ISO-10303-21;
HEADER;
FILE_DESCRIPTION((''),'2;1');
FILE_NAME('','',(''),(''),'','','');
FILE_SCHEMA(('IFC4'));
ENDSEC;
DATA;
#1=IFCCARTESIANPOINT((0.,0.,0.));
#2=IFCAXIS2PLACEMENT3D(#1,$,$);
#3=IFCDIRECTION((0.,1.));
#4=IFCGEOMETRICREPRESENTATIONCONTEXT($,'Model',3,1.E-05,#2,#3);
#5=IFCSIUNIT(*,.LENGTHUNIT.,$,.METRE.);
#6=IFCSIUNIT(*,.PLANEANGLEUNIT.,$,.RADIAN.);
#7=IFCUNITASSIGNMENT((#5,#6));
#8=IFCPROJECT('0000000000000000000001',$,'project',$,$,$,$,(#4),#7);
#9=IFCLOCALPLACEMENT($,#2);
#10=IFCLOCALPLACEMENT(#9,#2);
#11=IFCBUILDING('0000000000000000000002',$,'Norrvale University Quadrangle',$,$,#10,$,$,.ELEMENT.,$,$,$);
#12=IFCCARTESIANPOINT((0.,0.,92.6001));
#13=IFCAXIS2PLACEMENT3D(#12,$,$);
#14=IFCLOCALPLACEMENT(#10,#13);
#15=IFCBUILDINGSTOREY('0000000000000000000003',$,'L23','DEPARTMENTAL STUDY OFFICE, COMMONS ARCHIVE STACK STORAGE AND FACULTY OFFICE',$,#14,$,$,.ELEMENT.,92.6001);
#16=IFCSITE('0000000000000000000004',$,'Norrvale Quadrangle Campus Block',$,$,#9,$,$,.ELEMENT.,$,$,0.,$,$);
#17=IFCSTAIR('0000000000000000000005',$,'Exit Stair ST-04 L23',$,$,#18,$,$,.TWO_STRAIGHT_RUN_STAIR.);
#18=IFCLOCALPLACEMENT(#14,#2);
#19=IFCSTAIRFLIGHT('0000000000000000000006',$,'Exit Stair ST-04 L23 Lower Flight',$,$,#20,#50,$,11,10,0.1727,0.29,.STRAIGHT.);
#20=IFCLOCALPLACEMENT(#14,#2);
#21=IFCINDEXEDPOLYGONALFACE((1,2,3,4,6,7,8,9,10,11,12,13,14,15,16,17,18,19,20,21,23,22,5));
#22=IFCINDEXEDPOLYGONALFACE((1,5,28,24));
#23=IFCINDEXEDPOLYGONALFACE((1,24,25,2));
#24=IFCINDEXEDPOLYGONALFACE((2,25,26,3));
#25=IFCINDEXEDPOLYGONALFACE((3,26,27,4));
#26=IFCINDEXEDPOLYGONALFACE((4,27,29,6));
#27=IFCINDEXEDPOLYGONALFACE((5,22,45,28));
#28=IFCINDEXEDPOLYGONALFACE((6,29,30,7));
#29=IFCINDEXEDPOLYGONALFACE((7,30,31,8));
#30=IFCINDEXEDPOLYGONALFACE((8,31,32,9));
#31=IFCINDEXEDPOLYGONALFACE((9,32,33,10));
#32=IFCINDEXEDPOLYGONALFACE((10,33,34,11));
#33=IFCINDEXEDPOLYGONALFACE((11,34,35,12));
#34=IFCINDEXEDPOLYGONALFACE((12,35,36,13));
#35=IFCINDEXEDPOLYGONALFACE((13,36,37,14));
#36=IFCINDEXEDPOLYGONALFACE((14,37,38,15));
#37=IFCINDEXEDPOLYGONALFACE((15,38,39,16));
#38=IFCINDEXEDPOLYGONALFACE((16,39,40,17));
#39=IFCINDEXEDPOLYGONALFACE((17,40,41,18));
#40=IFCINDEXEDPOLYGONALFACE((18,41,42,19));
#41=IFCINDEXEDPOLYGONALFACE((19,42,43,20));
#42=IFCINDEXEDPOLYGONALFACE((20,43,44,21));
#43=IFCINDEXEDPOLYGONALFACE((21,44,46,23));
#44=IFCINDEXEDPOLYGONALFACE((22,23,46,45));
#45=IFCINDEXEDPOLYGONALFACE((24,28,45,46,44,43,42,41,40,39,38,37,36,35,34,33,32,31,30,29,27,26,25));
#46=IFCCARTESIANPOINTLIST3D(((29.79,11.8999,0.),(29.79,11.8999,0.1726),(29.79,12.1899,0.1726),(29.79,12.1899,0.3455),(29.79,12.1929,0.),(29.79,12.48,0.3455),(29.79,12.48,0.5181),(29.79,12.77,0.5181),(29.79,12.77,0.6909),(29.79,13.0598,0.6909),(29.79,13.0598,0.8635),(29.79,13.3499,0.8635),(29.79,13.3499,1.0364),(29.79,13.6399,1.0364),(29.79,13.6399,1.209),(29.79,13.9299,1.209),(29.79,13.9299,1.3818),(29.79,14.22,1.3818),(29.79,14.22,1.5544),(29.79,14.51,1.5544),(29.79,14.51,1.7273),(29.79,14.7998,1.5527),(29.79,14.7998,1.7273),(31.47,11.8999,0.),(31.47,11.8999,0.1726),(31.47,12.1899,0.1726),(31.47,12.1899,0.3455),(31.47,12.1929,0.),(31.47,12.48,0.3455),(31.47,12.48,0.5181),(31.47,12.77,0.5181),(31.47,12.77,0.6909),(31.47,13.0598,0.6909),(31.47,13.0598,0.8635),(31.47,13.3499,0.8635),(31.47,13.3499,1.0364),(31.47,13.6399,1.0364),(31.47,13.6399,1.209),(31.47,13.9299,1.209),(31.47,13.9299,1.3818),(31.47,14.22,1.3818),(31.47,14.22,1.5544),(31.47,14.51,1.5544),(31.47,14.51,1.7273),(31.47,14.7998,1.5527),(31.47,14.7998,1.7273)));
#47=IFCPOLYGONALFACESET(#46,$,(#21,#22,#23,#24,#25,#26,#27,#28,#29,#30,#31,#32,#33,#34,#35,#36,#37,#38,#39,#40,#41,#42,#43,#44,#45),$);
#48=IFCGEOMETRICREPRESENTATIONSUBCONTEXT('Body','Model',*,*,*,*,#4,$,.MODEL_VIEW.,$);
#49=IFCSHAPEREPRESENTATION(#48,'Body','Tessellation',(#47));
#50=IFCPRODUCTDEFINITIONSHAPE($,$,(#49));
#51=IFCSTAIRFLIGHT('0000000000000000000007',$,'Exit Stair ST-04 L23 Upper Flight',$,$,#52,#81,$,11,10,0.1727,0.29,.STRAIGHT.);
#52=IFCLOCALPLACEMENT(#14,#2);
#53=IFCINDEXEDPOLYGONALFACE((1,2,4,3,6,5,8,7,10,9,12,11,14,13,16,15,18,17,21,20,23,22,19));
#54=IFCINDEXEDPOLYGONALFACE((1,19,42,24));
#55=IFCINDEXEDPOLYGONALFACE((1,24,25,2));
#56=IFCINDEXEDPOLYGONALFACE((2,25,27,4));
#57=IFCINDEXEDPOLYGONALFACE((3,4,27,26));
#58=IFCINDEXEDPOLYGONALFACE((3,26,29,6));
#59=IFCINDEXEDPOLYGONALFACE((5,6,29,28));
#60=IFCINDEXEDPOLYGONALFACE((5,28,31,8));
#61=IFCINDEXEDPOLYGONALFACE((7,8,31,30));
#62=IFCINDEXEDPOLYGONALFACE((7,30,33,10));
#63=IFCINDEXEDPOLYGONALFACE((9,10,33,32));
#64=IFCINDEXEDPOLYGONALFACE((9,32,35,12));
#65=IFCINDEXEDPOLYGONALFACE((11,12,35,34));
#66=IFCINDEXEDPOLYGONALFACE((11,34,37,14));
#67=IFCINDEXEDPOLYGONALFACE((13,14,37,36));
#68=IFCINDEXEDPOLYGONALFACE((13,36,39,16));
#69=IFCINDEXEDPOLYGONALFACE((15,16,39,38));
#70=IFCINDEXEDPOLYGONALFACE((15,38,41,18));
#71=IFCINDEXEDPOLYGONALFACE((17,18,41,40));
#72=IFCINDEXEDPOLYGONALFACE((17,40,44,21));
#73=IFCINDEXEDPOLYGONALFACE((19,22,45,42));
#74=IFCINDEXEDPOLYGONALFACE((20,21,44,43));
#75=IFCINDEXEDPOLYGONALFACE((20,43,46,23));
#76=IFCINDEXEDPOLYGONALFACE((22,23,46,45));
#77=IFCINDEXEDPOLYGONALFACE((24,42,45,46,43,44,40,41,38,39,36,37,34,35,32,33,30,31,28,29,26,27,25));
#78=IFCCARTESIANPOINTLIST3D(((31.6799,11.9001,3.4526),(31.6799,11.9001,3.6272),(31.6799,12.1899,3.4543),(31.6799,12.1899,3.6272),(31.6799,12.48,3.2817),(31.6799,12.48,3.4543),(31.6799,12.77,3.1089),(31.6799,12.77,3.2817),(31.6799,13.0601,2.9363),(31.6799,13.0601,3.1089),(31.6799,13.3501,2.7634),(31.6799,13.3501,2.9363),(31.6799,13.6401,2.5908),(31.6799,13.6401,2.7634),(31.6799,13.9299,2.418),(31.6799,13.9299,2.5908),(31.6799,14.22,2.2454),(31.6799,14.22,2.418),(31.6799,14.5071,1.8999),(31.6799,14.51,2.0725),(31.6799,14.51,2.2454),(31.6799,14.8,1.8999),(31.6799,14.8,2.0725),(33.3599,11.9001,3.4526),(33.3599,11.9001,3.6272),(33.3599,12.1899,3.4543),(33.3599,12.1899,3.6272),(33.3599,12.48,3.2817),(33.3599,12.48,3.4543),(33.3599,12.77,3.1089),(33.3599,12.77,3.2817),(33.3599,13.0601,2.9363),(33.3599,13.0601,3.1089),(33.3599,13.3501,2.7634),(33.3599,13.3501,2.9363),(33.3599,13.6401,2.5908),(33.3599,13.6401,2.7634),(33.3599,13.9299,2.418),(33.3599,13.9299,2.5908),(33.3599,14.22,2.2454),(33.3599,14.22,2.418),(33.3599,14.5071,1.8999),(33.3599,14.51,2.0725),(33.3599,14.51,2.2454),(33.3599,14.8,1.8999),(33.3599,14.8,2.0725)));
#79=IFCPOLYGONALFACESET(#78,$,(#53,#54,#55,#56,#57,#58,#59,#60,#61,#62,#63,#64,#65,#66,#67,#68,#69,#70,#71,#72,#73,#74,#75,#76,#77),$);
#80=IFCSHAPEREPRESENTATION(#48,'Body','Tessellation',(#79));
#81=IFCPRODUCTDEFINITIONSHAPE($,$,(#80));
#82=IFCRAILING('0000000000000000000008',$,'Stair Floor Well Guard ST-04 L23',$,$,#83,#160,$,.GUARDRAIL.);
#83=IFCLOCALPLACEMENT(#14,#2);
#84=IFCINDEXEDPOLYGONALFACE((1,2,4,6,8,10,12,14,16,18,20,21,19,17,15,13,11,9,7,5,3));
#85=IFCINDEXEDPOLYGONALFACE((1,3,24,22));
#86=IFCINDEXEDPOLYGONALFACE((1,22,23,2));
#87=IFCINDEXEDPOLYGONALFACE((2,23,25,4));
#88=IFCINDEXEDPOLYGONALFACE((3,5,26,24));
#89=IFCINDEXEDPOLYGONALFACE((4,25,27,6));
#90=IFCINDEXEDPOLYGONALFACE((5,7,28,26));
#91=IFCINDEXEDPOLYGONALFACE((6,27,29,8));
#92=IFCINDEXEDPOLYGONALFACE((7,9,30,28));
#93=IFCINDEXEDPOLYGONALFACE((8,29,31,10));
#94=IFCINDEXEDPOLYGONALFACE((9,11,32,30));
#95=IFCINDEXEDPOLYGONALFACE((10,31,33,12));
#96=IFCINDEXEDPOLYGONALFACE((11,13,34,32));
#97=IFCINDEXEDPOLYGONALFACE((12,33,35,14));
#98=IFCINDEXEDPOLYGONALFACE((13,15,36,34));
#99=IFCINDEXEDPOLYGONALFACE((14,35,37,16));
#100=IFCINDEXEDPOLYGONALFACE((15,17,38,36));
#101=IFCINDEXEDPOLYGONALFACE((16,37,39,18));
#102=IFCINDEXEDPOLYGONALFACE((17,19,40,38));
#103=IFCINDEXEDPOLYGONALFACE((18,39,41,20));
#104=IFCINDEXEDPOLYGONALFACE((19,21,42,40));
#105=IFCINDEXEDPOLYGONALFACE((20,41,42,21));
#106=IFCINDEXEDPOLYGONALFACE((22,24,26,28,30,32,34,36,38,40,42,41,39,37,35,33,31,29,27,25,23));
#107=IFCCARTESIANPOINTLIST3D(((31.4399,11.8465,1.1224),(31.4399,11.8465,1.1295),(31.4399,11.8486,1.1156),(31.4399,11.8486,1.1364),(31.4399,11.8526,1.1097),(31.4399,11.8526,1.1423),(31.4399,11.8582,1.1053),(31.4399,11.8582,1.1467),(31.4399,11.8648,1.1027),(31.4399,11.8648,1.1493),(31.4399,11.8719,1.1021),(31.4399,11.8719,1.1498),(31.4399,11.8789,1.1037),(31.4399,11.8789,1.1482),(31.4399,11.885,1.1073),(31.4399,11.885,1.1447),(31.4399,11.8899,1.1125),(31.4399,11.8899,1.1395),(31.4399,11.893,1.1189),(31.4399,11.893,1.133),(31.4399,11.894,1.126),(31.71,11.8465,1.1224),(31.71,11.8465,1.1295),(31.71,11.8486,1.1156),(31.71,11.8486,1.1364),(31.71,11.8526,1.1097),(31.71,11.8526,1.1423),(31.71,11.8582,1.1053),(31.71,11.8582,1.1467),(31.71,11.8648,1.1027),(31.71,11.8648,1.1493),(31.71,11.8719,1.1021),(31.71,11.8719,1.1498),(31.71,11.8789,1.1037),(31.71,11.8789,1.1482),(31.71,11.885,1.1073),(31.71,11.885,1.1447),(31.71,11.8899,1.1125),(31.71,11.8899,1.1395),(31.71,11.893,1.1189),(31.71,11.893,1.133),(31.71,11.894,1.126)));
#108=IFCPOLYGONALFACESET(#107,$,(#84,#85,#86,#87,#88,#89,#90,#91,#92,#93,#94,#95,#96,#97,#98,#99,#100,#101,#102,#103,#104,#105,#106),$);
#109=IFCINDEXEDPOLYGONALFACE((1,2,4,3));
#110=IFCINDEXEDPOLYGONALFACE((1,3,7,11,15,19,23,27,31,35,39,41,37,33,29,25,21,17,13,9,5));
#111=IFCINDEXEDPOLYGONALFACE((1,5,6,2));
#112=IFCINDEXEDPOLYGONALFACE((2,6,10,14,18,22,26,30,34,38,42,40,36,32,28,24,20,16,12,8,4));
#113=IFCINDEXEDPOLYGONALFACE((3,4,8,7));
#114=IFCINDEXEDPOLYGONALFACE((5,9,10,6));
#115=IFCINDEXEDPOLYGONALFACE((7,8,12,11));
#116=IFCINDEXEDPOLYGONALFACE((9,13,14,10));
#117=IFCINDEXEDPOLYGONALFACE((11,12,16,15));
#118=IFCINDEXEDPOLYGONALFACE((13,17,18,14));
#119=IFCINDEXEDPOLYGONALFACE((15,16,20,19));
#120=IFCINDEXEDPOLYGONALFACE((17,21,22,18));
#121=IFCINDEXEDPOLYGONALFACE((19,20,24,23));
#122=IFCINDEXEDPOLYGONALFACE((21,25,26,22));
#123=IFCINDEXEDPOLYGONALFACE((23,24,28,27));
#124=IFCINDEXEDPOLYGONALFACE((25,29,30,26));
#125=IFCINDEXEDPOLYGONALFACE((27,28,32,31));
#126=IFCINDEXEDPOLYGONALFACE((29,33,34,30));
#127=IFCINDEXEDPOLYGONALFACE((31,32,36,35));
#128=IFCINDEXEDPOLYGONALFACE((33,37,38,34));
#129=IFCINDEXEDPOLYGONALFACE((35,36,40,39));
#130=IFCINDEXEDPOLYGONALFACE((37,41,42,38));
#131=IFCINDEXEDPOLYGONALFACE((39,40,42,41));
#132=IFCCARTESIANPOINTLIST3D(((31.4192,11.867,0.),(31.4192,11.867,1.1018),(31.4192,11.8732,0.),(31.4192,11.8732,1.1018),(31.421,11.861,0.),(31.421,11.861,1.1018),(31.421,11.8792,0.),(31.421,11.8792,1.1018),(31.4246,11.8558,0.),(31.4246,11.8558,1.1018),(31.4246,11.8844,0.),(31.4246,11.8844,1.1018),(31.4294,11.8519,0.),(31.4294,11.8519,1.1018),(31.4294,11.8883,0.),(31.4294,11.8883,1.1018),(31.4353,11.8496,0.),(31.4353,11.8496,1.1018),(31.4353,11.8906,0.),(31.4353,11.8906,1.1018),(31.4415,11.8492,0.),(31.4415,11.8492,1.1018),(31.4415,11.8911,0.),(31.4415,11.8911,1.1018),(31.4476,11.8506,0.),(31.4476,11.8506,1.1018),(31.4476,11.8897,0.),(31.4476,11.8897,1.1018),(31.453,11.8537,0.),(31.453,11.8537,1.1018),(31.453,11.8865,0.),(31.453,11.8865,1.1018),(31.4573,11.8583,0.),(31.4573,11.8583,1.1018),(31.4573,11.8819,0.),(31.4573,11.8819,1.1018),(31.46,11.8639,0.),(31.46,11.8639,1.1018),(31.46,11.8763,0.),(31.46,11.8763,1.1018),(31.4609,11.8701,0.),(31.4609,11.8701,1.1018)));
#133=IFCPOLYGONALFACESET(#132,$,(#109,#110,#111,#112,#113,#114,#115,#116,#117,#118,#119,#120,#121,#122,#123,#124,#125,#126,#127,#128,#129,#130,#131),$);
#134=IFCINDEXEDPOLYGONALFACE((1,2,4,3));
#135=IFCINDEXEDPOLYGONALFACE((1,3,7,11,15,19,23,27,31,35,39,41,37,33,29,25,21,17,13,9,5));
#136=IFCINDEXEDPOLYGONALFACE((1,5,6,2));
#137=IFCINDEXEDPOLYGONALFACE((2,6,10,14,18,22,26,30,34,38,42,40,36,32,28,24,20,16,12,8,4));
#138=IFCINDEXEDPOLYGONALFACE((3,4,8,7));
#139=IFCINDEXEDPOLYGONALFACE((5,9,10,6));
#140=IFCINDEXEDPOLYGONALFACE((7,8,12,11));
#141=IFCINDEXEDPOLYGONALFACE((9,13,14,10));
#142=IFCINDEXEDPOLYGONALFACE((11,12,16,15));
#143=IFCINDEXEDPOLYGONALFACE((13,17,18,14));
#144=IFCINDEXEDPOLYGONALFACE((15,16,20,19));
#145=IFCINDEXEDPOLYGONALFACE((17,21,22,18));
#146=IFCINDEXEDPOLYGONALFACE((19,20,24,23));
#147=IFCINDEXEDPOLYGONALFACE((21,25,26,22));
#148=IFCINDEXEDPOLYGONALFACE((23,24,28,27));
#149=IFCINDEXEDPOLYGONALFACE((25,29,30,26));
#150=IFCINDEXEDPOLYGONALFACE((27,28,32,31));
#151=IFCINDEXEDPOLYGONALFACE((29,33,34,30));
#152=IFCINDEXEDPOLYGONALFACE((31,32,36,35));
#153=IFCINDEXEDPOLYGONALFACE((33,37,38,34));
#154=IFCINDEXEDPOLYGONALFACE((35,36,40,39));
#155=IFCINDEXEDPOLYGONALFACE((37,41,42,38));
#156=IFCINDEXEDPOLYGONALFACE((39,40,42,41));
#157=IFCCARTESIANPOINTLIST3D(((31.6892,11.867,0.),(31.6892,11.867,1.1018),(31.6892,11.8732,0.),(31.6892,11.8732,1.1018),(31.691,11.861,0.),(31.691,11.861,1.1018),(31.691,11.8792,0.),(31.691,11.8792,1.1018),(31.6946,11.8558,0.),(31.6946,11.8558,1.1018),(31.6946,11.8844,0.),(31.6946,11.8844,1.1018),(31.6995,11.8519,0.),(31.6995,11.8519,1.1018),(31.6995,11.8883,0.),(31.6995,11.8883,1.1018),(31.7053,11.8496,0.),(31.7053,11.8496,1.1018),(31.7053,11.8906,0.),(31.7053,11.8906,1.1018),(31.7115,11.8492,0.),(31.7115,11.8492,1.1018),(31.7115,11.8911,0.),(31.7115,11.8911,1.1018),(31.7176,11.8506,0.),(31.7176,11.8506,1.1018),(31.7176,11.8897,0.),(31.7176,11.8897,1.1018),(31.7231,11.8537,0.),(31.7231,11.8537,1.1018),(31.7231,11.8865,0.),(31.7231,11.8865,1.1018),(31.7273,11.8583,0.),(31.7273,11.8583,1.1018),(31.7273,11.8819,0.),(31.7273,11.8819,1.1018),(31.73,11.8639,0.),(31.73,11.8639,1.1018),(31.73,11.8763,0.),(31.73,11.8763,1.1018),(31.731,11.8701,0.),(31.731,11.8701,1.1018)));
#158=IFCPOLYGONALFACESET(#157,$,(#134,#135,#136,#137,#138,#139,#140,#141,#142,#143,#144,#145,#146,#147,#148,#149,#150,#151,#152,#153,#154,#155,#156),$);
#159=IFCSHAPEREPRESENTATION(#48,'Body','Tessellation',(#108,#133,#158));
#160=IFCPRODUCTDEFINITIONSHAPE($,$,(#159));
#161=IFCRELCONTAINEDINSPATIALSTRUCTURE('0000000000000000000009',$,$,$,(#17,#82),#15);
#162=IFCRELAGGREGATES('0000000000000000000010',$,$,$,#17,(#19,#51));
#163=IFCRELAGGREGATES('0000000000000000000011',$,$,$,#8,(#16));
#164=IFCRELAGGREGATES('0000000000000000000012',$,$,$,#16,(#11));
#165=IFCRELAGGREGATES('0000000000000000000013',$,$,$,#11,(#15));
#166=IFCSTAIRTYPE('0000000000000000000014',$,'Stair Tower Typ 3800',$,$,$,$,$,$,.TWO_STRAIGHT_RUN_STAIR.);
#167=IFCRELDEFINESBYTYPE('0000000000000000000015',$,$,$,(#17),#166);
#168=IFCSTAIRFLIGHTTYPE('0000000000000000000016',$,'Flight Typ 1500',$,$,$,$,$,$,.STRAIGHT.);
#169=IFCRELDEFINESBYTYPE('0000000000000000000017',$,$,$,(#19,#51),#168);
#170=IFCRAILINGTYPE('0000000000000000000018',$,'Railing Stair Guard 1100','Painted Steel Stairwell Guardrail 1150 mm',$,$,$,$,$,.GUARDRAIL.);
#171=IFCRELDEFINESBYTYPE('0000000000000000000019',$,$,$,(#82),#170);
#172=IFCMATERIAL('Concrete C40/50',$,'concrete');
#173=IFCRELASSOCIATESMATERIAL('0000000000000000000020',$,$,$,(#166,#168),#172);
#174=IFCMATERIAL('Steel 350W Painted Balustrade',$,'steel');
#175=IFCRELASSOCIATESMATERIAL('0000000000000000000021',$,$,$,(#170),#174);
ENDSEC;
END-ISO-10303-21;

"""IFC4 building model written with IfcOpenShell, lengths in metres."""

from ifc_helpers import new_model, si_unit, direction, frame, origin, origin_2d, place, context, subcontext, project, spatial, polyline, circle, outline, extrude, material, type_object, element, aggregate, save


model = new_model("IFC4")

# Units and contexts
model_context = context("Model", 3, precision=1e-05, world=origin(), true_north=direction((0.0, 1.0)))
body_context = subcontext(model_context, "Body", "Model", "MODEL_VIEW")
ifc_project = project(units=[si_unit("LENGTHUNIT", "METRE"), si_unit("PLANEANGLEUNIT", "RADIAN")], contexts=[model_context])

# Site, building, storey
site_placement = place(None, origin())
site = spatial("IfcSite", under=ifc_project, at=site_placement, Name="Norrvale Quadrangle Campus Block", CompositionType="ELEMENT", RefElevation=0.0)
building_placement = place(site_placement, origin())
building = spatial("IfcBuilding", under=site, at=building_placement, Name="Norrvale University Quadrangle", CompositionType="ELEMENT")
storey_placement = place(building_placement, frame((0.0, 0.0, 92.6001)))
storey = spatial("IfcBuildingStorey", under=building, at=storey_placement, Name="L23", Description="DEPARTMENTAL STUDY OFFICE, COMMONS ARCHIVE STACK STORAGE AND FACULTY OFFICE", CompositionType="ELEMENT", Elevation=92.6001)

# Stair, stair flights
ifc_material_1 = material(Name="Concrete C40/50", Category="concrete")
stair_type = type_object("IfcStairType", Name="Stair Tower Typ 3800", PredefinedType="TWO_STRAIGHT_RUN_STAIR", material=ifc_material_1)
stair_placement = place(storey_placement, origin())
stair = element("IfcStair", 1, at=stair_placement, inside=storey, type_object=stair_type, Name="Exit Stair ST-04 L23", PredefinedType="TWO_STRAIGHT_RUN_STAIR")
stair_flight_type = type_object("IfcStairFlightType", Name="Flight Typ 1500", PredefinedType="STRAIGHT", material=ifc_material_1)
stair_flight_1_placement = place(storey_placement, frame((30.6299, 11.8999, 0.0), z_axis=(0.0, 0.0, 1.0), x_axis=(0.0, 1.0, 0.0)))
stair_flight_1 = element("IfcStairFlight", 2, at=stair_flight_1_placement, type_object=stair_flight_type, Name="Exit Stair ST-04 L23 Lower Flight", NumberOfRisers=11, NumberOfTreads=10, PredefinedType="STRAIGHT", RiserHeight=0.1727, TreadLength=0.29, context=body_context, shape_type="SweptSolid", body=[
    extrude(outline(polyline([(0.0, 0.0), (0.0, 0.1726), (0.29, 0.1726), (0.29, 0.3455), (0.5801, 0.3455), (0.5801, 0.5181), (0.8701, 0.5181), (0.8701, 0.6909), (1.1599, 0.6909), (1.1599, 0.8635), (1.45, 0.8635), (1.45, 1.0364), (1.74, 1.0364), (1.74, 1.209), (2.03, 1.209), (2.03, 1.3818), (2.3201, 1.3818), (2.3201, 1.5544), (2.6101, 1.5544), (2.6101, 1.7273), (2.8999, 1.7273), (2.8999, 1.8999), (2.8999, 1.5527), (0.293, 0.0), (0.0, 0.0)])), frame((0.0, 0.8398, 0.0), z_axis=(0.0, -1.0, 0.0), x_axis=(1.0, 0.0, 0.0)), (0.0, 0.0, 1.0), 1.6799),
])
stair_flight_2_placement = place(storey_placement, frame((32.52, 14.8, 1.8999), z_axis=(0.0, 0.0, 1.0), x_axis=(0.0, -1.0, 0.0)))
stair_flight_2 = element("IfcStairFlight", 3, at=stair_flight_2_placement, type_object=stair_flight_type, Name="Exit Stair ST-04 L23 Upper Flight", NumberOfRisers=11, NumberOfTreads=10, PredefinedType="STRAIGHT", RiserHeight=0.1727, TreadLength=0.29, context=body_context, shape_type="SweptSolid", body=[
    extrude(outline(polyline([(0.0, 0.0), (0.0, 0.1726), (0.29, 0.1726), (0.29, 0.3455), (0.5801, 0.3455), (0.5801, 0.5181), (0.8701, 0.5181), (0.8701, 0.6909), (1.1599, 0.6909), (1.1599, 0.8635), (1.45, 0.8635), (1.45, 1.0364), (1.74, 1.0364), (1.74, 1.209), (2.03, 1.209), (2.03, 1.3818), (2.3201, 1.3818), (2.3201, 1.5544), (2.6101, 1.5544), (2.6101, 1.7273), (2.8999, 1.7273), (2.8999, 1.8999), (2.8999, 1.5527), (0.293, 0.0), (0.0, 0.0)])), frame((0.0, 0.8398, 0.0), z_axis=(0.0, -1.0, 0.0), x_axis=(1.0, 0.0, 0.0)), (0.0, 0.0, 1.0), 1.6799),
])
aggregate(stair, [stair_flight_1, stair_flight_2])

# Railing
ifc_material_2 = material(Name="Steel 350W Painted Balustrade", Category="steel")
railing_type_1 = type_object("IfcRailingType", Name="Railing Stair Guard 1100", Description="Painted Steel Stairwell Guardrail 1150 mm", PredefinedType="GUARDRAIL", material=ifc_material_2)
for number, where, name in (
    (4, (31.4399, 11.8701, 0.0), "Stair Floor Well Guard ST-04 L23"),
):
    element("IfcRailing", number, at=place(storey_placement, frame(where)), inside=storey, type_object=railing_type_1, Name=name, PredefinedType="GUARDRAIL", context=body_context, shape_type="SweptSolid", body=[
        extrude(circle(Radius=0.0239, at=origin_2d()), frame((0.0, 0.0, 1.126), z_axis=(1.0, 0.0, 0.0), x_axis=(0.0, 1.0, 0.0)), (0.0, 0.0, 1.0), 0.27),
        extrude(circle(Radius=0.021, at=origin_2d()), origin(), (0.0, 0.0, 1.0), 1.1018),
        extrude(circle(Radius=0.021, at=origin_2d()), frame((0.27, 0.0, 0.0)), (0.0, 0.0, 1.0), 1.1018),
    ])

save(model, "model.ifc")
